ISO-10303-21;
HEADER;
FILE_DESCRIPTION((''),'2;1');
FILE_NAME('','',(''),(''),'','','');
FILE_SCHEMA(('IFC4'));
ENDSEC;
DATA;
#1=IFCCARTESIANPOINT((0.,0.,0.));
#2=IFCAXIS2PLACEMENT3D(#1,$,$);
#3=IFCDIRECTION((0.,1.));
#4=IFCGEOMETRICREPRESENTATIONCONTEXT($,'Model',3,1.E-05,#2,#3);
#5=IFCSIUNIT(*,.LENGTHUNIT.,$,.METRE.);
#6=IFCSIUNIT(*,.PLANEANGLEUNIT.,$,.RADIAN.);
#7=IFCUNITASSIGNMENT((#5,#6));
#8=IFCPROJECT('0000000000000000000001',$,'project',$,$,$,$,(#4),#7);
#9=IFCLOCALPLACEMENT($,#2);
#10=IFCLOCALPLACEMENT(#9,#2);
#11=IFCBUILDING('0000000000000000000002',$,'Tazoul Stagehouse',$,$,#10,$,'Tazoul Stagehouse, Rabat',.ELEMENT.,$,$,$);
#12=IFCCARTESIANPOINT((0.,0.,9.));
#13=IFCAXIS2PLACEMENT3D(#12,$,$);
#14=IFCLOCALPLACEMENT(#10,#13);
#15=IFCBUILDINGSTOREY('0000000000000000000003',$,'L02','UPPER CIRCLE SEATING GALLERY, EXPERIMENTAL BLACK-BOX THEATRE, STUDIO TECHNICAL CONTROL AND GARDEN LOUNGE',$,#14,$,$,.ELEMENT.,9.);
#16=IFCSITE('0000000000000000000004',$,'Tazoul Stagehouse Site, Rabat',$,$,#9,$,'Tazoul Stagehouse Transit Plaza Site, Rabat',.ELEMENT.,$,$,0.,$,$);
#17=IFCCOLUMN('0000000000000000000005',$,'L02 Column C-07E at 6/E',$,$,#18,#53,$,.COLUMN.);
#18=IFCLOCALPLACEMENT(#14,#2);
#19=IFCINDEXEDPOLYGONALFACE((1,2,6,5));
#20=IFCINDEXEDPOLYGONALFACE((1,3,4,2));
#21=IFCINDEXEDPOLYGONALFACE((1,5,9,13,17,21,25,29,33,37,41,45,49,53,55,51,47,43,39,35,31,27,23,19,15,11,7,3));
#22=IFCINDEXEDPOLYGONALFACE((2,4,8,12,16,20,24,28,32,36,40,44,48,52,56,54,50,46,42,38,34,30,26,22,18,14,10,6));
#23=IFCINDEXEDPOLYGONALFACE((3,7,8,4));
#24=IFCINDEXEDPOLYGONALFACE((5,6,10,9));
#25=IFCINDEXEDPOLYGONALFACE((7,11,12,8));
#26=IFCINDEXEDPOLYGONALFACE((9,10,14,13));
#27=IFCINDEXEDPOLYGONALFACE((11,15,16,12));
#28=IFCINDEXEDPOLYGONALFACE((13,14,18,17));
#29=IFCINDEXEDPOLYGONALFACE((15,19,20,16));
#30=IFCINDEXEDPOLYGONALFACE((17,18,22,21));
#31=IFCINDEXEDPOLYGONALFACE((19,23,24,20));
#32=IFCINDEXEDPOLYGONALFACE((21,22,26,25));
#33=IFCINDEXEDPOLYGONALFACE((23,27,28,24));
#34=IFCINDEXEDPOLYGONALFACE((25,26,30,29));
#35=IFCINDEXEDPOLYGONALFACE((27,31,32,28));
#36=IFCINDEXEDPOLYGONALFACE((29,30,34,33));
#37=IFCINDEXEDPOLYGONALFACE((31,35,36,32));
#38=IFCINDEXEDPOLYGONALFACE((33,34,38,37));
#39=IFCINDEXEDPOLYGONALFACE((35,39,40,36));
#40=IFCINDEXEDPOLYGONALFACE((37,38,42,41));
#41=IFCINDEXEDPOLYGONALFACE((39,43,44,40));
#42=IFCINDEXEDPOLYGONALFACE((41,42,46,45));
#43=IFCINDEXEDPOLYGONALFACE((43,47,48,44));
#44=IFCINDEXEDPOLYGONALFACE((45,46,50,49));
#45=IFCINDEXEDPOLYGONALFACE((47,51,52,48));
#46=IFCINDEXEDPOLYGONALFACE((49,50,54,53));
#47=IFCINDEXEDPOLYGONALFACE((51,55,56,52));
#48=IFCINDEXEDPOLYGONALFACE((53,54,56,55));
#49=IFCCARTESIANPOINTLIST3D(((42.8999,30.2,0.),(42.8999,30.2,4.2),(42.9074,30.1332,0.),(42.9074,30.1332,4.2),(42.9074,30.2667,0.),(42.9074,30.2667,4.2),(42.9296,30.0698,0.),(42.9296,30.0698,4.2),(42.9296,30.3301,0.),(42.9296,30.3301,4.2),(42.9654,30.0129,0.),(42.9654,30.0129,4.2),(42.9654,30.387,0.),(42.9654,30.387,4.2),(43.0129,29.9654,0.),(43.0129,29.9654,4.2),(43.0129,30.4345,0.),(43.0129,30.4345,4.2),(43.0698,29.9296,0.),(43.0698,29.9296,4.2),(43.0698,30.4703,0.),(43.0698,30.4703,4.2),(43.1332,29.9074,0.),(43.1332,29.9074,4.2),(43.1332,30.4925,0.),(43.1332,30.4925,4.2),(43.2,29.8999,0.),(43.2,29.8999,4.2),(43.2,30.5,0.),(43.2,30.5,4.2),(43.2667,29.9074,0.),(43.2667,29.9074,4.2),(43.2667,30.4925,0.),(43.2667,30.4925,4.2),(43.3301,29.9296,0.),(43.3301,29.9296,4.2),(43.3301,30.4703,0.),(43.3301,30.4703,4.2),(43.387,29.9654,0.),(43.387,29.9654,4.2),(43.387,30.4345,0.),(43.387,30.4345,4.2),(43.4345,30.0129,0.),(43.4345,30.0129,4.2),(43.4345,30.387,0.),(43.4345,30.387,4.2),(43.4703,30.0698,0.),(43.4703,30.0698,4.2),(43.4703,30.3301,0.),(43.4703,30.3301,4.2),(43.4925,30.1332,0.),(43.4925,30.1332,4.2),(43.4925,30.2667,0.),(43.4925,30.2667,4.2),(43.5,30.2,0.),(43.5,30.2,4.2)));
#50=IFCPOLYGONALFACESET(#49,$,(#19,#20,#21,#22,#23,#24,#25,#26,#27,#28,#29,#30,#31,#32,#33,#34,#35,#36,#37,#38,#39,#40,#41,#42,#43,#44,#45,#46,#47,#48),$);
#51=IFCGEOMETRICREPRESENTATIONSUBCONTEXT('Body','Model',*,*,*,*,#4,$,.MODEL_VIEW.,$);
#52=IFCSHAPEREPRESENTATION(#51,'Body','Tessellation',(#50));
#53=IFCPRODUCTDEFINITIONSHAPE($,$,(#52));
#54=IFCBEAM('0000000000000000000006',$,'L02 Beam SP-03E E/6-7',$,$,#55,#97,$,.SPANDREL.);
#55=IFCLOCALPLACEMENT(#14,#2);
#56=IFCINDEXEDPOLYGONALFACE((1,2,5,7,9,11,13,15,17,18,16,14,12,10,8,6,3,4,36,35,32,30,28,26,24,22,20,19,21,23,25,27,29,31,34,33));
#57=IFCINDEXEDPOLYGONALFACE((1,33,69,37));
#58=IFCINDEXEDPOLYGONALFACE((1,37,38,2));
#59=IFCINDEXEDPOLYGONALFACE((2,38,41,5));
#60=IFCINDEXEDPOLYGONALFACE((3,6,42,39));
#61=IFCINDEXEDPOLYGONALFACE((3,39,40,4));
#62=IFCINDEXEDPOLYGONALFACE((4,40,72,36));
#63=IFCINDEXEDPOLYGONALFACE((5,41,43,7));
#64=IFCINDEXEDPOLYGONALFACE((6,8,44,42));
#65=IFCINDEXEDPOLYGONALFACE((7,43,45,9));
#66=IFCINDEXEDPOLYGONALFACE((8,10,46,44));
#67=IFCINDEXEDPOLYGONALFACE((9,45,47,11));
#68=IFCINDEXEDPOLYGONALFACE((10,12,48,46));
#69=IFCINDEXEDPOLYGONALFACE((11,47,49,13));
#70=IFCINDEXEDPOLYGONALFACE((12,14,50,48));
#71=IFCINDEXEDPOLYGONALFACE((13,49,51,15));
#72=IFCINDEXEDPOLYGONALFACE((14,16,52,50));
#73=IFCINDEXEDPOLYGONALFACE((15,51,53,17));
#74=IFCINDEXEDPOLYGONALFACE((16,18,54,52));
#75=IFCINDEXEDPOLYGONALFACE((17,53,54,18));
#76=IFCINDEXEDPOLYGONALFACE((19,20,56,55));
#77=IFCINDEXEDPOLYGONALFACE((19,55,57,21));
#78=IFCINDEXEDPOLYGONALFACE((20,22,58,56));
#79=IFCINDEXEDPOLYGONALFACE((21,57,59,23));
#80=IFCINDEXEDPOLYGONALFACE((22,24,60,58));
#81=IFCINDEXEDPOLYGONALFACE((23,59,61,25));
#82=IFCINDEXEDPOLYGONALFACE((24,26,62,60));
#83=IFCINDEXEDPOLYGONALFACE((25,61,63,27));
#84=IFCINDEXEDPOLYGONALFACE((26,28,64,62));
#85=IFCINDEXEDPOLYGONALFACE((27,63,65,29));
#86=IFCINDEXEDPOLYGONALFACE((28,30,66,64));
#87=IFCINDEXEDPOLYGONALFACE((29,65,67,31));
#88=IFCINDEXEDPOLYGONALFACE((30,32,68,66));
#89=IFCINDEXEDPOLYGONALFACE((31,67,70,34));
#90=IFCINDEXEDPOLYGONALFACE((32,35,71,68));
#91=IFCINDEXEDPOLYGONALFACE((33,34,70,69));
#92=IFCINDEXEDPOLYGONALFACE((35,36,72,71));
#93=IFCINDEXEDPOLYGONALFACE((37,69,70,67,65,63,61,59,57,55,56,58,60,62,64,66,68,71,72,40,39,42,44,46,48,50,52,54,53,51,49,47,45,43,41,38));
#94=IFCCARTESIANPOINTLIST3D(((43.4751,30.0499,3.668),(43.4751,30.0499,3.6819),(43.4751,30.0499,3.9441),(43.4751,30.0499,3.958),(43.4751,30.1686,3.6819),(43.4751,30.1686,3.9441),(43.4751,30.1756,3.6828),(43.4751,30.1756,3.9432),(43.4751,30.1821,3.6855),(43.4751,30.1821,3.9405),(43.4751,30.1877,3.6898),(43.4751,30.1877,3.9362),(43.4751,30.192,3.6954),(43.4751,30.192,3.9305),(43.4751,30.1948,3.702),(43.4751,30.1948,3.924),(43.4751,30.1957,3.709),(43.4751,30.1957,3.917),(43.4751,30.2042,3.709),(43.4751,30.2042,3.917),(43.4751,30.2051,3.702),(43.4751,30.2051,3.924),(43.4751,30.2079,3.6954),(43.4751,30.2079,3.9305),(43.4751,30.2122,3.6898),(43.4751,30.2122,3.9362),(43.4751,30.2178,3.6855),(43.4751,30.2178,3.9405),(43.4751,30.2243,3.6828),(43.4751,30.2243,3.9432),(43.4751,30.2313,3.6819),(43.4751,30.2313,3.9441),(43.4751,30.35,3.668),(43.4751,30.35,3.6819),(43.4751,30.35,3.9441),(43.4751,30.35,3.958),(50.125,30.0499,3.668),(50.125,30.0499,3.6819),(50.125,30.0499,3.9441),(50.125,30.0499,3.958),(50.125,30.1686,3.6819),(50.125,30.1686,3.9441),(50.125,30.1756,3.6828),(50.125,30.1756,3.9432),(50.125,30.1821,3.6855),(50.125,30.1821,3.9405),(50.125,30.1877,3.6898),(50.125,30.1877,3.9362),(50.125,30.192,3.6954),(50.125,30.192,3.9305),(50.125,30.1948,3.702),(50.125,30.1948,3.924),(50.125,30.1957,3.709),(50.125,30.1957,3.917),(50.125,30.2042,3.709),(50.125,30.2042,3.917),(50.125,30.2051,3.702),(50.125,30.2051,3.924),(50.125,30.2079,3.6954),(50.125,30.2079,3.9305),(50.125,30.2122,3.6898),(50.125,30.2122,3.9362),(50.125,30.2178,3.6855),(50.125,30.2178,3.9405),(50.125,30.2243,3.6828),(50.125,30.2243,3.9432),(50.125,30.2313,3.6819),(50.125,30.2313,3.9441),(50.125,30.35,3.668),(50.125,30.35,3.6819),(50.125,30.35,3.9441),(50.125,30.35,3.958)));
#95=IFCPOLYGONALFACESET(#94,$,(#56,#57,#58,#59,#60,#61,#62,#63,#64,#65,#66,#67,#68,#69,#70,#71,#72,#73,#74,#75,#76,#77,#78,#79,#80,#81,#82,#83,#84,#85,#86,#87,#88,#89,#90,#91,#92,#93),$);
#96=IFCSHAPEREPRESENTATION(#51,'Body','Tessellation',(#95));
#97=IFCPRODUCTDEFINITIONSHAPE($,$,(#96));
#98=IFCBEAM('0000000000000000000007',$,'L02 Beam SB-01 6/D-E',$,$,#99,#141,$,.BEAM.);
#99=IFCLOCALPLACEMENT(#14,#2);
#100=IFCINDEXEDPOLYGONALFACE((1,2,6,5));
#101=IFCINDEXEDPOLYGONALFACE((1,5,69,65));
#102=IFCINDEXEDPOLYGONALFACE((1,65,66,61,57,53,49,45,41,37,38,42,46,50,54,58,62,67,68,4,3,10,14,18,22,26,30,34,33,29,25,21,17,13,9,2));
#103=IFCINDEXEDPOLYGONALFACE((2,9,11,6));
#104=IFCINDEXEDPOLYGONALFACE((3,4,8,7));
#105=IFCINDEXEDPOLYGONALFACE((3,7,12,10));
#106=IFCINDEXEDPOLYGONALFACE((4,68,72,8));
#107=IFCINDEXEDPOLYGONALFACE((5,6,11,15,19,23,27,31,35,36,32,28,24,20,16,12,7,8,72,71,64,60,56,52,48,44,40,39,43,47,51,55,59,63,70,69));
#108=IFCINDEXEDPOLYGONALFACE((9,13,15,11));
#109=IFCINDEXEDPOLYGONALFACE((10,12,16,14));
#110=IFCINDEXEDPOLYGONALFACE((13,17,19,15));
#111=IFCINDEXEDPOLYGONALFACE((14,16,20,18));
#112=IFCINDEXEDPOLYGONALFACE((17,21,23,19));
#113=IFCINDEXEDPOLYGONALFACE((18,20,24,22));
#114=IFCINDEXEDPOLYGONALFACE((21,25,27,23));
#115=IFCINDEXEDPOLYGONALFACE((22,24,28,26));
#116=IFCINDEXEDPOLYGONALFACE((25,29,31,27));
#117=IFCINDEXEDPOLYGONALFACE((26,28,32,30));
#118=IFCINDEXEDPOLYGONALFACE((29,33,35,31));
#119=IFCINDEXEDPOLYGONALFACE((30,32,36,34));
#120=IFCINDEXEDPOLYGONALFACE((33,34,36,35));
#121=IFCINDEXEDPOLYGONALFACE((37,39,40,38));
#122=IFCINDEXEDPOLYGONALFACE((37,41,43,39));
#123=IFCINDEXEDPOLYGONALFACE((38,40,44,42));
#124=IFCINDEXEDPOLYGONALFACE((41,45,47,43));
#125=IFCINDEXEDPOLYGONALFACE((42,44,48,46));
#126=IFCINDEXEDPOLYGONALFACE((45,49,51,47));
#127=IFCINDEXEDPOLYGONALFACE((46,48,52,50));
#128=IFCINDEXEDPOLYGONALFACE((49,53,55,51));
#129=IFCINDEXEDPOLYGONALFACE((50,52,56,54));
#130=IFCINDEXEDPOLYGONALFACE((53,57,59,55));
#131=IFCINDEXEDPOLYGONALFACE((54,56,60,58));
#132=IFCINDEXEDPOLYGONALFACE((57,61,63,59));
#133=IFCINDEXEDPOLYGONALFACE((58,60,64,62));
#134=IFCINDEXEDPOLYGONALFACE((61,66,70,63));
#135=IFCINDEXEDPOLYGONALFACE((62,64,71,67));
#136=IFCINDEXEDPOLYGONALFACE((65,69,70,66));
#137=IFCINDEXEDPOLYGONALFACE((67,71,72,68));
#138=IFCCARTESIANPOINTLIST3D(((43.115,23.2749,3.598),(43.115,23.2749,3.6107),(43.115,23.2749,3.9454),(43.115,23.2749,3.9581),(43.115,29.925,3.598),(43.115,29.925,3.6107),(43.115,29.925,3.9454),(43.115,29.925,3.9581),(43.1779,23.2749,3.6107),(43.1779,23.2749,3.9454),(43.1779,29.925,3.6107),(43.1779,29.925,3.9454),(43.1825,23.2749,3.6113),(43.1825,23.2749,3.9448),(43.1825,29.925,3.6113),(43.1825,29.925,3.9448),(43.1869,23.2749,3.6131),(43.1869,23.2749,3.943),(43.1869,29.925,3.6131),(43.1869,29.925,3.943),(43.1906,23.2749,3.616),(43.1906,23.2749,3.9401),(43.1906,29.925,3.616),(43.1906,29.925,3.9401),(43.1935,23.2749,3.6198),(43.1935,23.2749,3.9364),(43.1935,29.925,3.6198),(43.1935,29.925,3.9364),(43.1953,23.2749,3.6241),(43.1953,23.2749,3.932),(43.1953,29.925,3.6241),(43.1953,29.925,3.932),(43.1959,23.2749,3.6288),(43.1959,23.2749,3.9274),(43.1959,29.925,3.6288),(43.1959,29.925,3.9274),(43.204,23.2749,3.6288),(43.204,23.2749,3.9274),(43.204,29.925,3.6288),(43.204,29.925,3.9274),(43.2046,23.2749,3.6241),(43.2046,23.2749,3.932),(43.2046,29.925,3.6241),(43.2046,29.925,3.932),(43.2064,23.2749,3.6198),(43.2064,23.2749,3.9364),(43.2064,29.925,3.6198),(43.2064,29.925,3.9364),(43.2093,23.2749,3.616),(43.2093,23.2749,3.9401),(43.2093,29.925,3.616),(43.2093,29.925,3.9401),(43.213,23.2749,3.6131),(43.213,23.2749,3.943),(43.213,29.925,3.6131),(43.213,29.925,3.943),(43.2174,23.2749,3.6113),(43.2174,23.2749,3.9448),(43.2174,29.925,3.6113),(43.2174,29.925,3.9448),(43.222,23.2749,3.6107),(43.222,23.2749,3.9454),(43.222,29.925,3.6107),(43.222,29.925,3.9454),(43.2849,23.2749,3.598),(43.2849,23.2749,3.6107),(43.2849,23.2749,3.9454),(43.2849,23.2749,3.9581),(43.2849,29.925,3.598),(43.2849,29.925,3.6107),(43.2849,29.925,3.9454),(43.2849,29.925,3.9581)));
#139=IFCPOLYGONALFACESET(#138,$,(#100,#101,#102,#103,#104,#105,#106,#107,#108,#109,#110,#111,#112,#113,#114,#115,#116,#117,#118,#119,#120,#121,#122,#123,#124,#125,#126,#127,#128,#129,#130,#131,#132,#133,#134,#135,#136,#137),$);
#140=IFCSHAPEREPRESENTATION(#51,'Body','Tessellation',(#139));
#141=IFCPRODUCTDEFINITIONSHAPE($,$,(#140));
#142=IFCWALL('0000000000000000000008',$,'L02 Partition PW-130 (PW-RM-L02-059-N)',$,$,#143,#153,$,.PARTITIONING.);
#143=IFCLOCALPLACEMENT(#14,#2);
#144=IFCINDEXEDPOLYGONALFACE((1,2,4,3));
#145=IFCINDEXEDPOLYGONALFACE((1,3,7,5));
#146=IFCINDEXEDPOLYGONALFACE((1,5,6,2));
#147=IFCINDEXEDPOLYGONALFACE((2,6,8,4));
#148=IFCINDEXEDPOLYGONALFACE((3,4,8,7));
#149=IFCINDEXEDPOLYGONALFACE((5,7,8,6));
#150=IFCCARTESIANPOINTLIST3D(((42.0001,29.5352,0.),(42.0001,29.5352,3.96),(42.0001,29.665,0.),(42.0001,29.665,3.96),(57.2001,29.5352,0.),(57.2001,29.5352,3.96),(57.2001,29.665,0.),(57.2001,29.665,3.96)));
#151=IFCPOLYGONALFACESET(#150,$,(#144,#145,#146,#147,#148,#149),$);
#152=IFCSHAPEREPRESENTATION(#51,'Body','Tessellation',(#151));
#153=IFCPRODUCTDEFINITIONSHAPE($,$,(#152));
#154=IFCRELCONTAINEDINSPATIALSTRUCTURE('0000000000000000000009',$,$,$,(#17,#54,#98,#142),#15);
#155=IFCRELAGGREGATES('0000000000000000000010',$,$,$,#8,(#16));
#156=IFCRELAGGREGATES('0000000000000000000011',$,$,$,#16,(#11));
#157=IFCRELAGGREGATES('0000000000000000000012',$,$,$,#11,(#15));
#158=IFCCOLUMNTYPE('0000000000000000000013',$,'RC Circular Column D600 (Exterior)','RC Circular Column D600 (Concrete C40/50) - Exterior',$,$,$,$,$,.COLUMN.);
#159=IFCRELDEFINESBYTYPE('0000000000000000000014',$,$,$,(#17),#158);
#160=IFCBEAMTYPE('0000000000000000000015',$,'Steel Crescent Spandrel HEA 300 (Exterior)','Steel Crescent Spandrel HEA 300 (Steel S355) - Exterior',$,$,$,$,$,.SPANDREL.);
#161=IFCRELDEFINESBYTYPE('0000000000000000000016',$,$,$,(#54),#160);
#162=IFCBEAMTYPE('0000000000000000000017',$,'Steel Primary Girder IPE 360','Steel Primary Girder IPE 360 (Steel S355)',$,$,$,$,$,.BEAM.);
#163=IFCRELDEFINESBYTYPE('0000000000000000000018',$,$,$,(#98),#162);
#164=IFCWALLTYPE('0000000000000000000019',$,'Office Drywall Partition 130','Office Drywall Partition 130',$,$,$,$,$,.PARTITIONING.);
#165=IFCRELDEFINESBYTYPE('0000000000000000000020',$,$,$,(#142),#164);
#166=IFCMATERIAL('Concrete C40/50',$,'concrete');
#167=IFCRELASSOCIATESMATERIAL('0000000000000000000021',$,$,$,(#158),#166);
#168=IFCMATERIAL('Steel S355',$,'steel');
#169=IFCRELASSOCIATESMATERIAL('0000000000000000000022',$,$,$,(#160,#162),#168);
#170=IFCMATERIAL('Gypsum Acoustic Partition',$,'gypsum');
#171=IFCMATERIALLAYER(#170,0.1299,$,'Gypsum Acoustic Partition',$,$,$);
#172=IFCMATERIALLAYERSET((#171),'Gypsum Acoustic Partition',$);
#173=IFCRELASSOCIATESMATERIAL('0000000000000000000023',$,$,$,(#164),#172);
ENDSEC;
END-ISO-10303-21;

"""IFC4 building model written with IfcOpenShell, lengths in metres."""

from ifc_helpers import new_model, si_unit, direction, frame, frame_2d, origin, origin_2d, place, context, subcontext, project, spatial, rectangle, circle, i_section, extrude, material, layer, layer_set, material_profile, profile_set, type_object, element, save


model = new_model("IFC4")

# Units and contexts
model_context = context("Model", 3, precision=1e-05, world=origin(), true_north=direction((0.0, 1.0)))
body_context = subcontext(model_context, "Body", "Model", "MODEL_VIEW")
ifc_project = project(units=[si_unit("LENGTHUNIT", "METRE"), si_unit("PLANEANGLEUNIT", "RADIAN")], contexts=[model_context])

# Site, building, storey
site_placement = place(None, origin())
site = spatial("IfcSite", under=ifc_project, at=site_placement, Name="Tazoul Stagehouse Site, Rabat", LongName="Tazoul Stagehouse Transit Plaza Site, Rabat", CompositionType="ELEMENT", RefElevation=0.0)
building_placement = place(site_placement, origin())
building = spatial("IfcBuilding", under=site, at=building_placement, Name="Tazoul Stagehouse", LongName="Tazoul Stagehouse, Rabat", CompositionType="ELEMENT")
storey_placement = place(building_placement, frame((0.0, 0.0, 9.0)))
storey = spatial("IfcBuildingStorey", under=building, at=storey_placement, Name="L02", Description="UPPER CIRCLE SEATING GALLERY, EXPERIMENTAL BLACK-BOX THEATRE, STUDIO TECHNICAL CONTROL AND GARDEN LOUNGE", CompositionType="ELEMENT", Elevation=9.0)

# Column
ifc_material_1 = material(Name="Concrete C40/50", Category="concrete")
ifc_material_profile_1 = material_profile(ifc_material_1, circle(Radius=0.3, at=origin_2d()), Name="RC D600")
ifc_profile_set_1 = profile_set([ifc_material_profile_1], Name="Concrete C40/50")
column_type = type_object("IfcColumnType", Name="RC Circular Column D600 (Exterior)", Description="RC Circular Column D600 (Concrete C40/50) - Exterior", PredefinedType="COLUMN", material=ifc_profile_set_1)
column_placement = place(storey_placement, frame((43.2, 30.2, 0.0), z_axis=(0.0, 0.0, 1.0), x_axis=(1.0, 0.0, 0.0)))
element("IfcColumn", 1, at=column_placement, inside=storey, type_object=column_type, Name="L02 Column C-07E at 6/E", PredefinedType="COLUMN", context=body_context, shape_type="SweptSolid", body=[
    extrude(circle(Radius=0.3, at=origin_2d()), origin(), (0.0, 0.0, 1.0), 4.2),
])

# Beams
ifc_material_2 = material(Name="Steel S355", Category="steel")
ifc_material_profile_2 = material_profile(ifc_material_2, i_section(OverallWidth=0.3, OverallDepth=0.29, WebThickness=0.0085, FlangeThickness=0.0139, FilletRadius=0.0271, at=origin_2d()), Name="HEA 300")
ifc_profile_set_2 = profile_set([ifc_material_profile_2], Name="Steel S355")
beam_type_1 = type_object("IfcBeamType", Name="Steel Crescent Spandrel HEA 300 (Exterior)", Description="Steel Crescent Spandrel HEA 300 (Steel S355) - Exterior", PredefinedType="SPANDREL", material=ifc_profile_set_2)
beam_1_placement = place(storey_placement, frame((43.4751, 30.2, 3.813), z_axis=(1.0, 0.0, 0.0), x_axis=(0.0, 1.0, 0.0)))
element("IfcBeam", 2, at=beam_1_placement, inside=storey, type_object=beam_type_1, Name="L02 Beam SP-03E E/6-7", PredefinedType="SPANDREL", context=body_context, shape_type="SweptSolid", body=[
    extrude(i_section(OverallWidth=0.3, OverallDepth=0.29, WebThickness=0.0085, FlangeThickness=0.0139, FilletRadius=0.0271, at=origin_2d()), origin(), (0.0, 0.0, 1.0), 6.6499),
])
ifc_material_profile_3 = material_profile(ifc_material_2, i_section(OverallWidth=0.1699, OverallDepth=0.3601, WebThickness=0.0081, FlangeThickness=0.0127, FilletRadius=0.0181, at=origin_2d()), Name="IPE 360")
ifc_profile_set_3 = profile_set([ifc_material_profile_3], Name="Steel S355")
beam_type_2 = type_object("IfcBeamType", Name="Steel Primary Girder IPE 360", Description="Steel Primary Girder IPE 360 (Steel S355)", PredefinedType="BEAM", material=ifc_profile_set_3)
beam_2_placement = place(storey_placement, frame((43.2, 23.2749, 3.7781), z_axis=(0.0, 1.0, 0.0), x_axis=(-1.0, 0.0, 0.0)))
element("IfcBeam", 3, at=beam_2_placement, inside=storey, type_object=beam_type_2, Name="L02 Beam SB-01 6/D-E", PredefinedType="BEAM", context=body_context, shape_type="SweptSolid", body=[
    extrude(i_section(OverallWidth=0.1699, OverallDepth=0.3601, WebThickness=0.0081, FlangeThickness=0.0127, FilletRadius=0.0181, at=origin_2d()), origin(), (0.0, 0.0, 1.0), 6.6501),
])

# Wall
ifc_material_3 = material(Name="Gypsum Acoustic Partition", Category="gypsum")
ifc_layer_1 = layer(ifc_material_3, 0.1299, Name="Gypsum Acoustic Partition")
ifc_layer_set_1 = layer_set([ifc_layer_1], Name="Gypsum Acoustic Partition")
wall_type = type_object("IfcWallType", Name="Office Drywall Partition 130", Description="Office Drywall Partition 130", PredefinedType="PARTITIONING", material=ifc_layer_set_1)
wall_placement = place(storey_placement, frame((42.0, 29.6001, 0.0), z_axis=(0.0, 0.0, 1.0), x_axis=(1.0, 0.0, 0.0)))
element("IfcWall", 4, at=wall_placement, inside=storey, type_object=wall_type, Name="L02 Partition PW-130 (PW-RM-L02-059-N)", PredefinedType="PARTITIONING", context=body_context, shape_type="SweptSolid", body=[
    extrude(rectangle(XDim=15.2, YDim=0.1299, at=frame_2d((7.6001, 0.0))), origin(), (0.0, 0.0, 1.0), 3.96),
])

save(model, "model.ifc")
